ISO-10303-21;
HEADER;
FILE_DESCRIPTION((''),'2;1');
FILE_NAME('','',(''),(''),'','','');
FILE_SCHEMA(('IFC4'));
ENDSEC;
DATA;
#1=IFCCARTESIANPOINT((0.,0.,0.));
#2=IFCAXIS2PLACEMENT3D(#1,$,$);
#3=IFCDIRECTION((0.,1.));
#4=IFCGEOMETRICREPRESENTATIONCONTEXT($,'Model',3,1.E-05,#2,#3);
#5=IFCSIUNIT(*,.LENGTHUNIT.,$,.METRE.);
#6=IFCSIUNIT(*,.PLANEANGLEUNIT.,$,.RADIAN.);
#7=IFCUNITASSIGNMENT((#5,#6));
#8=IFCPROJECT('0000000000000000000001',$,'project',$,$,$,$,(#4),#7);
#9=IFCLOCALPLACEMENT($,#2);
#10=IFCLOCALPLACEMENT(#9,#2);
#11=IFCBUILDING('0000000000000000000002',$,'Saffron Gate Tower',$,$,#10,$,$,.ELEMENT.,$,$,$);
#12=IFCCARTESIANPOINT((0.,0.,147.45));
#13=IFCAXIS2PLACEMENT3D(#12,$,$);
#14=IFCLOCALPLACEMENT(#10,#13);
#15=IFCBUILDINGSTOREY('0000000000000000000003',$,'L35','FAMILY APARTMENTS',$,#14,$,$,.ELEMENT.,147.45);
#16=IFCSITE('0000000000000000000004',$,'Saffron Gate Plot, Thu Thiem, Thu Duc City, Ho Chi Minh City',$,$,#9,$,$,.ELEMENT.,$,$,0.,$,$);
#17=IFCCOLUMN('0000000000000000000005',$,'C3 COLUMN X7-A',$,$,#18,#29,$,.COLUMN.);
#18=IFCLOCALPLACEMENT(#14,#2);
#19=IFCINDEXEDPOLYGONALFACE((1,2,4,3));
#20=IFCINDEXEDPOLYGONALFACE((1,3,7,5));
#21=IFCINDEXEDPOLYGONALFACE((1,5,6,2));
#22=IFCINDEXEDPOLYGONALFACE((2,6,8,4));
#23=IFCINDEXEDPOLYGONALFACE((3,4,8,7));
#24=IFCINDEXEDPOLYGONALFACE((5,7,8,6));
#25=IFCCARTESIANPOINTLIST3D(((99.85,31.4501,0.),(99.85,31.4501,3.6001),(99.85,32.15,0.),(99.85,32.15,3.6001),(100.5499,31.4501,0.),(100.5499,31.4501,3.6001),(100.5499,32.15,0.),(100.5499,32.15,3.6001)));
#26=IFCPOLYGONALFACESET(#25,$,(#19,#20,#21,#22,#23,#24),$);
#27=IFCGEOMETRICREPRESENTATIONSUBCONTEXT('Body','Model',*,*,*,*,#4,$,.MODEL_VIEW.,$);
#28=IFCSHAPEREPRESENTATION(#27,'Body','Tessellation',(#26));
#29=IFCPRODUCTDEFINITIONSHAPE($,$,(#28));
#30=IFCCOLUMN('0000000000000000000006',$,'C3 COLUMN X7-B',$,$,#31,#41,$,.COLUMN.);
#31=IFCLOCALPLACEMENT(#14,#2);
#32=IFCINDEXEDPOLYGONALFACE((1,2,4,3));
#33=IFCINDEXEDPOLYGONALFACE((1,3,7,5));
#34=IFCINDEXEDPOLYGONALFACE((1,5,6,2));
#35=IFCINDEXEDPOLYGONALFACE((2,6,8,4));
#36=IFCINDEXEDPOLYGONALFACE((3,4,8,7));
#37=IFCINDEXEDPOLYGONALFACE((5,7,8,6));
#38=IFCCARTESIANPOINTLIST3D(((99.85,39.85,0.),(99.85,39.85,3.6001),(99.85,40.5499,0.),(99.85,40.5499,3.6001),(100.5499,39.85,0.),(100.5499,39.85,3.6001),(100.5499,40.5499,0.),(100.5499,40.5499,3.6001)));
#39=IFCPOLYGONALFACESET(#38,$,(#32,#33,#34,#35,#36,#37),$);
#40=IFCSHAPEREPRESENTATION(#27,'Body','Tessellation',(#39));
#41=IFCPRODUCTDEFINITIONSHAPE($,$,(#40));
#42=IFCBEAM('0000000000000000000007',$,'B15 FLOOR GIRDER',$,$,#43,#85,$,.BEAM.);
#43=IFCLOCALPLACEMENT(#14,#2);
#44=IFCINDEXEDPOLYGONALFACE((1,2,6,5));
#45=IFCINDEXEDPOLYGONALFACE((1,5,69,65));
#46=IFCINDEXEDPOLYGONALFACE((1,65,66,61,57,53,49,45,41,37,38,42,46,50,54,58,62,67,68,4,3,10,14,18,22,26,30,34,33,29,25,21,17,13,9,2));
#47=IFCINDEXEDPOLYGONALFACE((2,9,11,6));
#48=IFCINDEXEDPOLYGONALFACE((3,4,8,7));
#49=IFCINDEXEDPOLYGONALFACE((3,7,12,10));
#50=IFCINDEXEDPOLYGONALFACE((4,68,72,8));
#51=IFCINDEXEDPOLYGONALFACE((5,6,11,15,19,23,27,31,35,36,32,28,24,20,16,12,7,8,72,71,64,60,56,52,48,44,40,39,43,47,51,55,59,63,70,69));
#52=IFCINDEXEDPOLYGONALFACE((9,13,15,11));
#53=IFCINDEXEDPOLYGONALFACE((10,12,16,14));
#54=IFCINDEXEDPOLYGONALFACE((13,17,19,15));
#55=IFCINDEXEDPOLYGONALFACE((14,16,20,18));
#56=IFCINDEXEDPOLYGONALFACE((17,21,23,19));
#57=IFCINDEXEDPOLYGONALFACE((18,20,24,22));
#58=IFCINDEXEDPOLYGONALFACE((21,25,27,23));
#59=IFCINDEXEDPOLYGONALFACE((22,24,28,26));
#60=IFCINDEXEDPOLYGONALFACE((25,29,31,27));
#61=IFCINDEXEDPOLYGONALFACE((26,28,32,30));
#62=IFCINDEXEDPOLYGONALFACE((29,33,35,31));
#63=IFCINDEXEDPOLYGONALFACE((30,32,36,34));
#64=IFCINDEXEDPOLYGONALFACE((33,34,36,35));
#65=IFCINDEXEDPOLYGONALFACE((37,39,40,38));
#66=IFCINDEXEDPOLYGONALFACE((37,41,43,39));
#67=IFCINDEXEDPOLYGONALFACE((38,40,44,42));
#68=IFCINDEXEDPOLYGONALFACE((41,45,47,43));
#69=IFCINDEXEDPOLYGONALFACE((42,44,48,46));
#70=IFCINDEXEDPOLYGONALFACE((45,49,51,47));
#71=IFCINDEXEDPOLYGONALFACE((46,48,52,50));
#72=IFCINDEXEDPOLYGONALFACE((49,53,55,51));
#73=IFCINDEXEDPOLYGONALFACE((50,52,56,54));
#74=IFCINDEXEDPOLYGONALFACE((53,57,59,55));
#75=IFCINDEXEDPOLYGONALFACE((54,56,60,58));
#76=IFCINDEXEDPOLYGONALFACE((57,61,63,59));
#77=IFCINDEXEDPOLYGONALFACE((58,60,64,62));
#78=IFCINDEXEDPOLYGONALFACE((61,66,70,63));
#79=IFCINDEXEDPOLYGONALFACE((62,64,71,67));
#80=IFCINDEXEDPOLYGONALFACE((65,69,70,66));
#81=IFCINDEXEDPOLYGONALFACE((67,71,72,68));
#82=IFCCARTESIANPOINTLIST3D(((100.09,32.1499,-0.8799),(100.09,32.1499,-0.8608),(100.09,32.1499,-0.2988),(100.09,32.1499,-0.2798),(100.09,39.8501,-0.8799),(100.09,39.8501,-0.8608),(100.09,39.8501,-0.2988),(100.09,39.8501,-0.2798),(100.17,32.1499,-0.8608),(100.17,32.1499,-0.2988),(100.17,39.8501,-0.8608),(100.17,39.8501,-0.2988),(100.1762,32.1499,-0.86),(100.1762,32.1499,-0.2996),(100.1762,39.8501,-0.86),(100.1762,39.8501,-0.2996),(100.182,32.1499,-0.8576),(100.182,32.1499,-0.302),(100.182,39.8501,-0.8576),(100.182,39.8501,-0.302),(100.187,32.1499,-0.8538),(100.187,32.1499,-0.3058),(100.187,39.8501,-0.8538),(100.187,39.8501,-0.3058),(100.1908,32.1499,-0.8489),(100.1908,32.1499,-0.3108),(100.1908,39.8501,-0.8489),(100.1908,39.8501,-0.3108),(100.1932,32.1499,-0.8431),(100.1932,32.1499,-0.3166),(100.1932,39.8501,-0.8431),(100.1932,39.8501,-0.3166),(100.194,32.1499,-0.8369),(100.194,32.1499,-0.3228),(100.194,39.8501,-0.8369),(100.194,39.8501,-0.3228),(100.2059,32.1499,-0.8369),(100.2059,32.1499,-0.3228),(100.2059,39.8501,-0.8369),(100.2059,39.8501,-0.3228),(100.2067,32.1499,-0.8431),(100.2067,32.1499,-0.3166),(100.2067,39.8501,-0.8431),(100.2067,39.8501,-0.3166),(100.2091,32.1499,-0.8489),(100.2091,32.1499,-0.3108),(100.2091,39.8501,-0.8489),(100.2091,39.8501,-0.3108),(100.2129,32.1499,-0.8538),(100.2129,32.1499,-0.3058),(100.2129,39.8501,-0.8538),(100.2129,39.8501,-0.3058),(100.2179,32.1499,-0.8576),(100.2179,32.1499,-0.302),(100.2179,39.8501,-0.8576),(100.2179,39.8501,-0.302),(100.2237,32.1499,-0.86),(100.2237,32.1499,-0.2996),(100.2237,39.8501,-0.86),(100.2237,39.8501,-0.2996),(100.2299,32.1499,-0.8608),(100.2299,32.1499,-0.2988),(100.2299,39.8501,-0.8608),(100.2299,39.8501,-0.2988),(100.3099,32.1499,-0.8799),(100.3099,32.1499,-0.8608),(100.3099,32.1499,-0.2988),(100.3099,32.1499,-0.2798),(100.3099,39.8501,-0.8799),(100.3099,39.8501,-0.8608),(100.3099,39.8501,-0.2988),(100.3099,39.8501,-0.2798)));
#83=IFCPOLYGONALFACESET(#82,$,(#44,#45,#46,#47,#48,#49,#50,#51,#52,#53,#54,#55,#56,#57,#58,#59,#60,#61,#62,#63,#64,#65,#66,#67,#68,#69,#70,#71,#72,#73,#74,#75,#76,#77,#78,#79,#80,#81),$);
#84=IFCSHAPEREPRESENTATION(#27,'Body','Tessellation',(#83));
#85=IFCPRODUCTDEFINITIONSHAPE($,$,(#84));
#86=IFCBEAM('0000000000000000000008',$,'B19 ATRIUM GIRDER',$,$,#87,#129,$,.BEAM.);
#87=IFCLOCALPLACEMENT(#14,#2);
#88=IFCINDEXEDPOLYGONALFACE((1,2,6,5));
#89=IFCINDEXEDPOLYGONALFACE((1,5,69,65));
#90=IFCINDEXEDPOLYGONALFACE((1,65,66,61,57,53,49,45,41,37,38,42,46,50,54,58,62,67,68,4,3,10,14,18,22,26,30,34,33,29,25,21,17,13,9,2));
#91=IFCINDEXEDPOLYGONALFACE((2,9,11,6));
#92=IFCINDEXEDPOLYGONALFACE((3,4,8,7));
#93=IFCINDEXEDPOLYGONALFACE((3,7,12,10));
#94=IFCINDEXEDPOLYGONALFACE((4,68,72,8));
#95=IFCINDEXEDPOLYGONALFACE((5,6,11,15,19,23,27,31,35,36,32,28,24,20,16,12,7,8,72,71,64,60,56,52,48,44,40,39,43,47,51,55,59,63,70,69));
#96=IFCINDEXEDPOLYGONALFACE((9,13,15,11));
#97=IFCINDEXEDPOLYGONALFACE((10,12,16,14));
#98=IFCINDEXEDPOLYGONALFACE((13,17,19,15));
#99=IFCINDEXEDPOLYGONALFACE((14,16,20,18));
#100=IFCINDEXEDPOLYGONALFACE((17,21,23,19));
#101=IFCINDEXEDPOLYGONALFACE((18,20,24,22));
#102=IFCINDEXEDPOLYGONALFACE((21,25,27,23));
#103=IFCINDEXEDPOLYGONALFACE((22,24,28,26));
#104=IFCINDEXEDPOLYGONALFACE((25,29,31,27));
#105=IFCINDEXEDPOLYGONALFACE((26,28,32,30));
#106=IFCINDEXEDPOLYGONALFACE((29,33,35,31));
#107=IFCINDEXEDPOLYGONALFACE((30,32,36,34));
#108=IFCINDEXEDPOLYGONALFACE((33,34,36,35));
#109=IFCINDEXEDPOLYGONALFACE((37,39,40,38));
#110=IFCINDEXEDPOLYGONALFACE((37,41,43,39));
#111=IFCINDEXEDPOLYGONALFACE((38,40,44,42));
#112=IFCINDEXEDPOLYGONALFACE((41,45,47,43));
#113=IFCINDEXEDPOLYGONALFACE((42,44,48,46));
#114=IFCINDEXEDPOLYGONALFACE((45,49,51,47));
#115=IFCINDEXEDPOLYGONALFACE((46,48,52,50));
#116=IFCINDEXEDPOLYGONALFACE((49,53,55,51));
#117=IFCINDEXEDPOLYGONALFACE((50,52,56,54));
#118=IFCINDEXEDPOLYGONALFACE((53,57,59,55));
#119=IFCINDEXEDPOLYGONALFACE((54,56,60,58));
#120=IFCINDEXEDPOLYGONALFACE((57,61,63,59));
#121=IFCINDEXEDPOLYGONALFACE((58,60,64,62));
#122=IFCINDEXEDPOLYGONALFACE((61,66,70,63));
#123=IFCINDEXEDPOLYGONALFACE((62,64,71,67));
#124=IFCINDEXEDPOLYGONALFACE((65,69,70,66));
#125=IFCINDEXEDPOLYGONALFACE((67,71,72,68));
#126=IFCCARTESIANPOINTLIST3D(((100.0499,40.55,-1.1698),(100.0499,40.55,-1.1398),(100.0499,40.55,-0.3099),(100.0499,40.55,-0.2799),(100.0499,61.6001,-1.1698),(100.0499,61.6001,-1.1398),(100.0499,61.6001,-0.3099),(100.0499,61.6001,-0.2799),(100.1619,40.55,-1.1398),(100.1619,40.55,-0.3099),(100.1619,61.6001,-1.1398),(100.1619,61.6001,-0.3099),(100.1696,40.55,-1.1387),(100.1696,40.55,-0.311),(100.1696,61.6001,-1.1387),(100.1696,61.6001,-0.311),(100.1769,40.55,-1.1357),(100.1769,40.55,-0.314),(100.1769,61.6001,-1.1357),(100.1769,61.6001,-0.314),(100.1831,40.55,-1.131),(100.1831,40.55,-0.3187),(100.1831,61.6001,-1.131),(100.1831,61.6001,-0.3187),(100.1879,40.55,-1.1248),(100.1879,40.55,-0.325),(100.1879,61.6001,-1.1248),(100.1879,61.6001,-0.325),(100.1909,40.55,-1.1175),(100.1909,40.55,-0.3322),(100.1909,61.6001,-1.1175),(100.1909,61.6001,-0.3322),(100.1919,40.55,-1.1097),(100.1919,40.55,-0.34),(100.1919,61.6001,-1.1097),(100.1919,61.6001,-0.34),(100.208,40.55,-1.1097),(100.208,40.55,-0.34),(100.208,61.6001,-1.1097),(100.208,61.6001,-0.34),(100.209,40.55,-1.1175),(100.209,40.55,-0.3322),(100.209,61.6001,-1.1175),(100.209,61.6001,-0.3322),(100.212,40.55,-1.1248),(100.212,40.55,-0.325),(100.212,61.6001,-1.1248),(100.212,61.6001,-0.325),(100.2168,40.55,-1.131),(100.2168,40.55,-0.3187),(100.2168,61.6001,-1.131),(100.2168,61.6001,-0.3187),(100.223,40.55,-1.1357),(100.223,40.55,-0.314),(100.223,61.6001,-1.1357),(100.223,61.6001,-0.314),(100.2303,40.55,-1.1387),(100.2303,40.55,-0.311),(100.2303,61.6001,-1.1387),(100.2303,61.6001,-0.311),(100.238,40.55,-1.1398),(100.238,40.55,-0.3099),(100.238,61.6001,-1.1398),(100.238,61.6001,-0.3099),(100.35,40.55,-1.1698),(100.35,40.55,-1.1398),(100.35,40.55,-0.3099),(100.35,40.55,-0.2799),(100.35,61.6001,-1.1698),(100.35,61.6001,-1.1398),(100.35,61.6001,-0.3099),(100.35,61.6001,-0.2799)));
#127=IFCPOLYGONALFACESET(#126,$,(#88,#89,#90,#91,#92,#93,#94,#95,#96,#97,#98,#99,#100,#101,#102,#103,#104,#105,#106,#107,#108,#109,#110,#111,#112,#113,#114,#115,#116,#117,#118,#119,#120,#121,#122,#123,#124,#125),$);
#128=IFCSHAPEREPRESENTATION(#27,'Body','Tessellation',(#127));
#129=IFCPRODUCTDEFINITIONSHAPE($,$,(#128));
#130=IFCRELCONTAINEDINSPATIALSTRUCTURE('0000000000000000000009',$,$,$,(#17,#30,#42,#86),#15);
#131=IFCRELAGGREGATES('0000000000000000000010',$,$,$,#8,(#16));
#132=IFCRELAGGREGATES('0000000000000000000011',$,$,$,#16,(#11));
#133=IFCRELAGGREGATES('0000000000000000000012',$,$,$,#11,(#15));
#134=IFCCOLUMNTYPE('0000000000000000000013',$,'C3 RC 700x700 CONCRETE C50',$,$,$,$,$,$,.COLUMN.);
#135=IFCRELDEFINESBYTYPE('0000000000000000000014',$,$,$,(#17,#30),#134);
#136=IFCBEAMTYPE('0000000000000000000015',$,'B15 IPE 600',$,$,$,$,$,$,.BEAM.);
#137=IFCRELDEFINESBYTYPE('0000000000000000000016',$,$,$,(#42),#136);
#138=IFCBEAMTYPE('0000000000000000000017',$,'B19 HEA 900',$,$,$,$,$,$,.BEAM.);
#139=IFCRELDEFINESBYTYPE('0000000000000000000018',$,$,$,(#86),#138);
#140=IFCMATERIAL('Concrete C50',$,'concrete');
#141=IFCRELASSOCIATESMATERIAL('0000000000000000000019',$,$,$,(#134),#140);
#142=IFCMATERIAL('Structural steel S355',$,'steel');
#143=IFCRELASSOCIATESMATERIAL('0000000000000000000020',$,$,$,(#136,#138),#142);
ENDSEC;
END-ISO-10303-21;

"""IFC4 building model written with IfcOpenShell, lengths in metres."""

from ifc_helpers import new_model, si_unit, direction, frame, origin, origin_2d, place, context, subcontext, project, spatial, rectangle, i_section, extrude, material, material_profile, profile_set, type_object, element, save


model = new_model("IFC4")

# Units and contexts
model_context = context("Model", 3, precision=1e-05, world=origin(), true_north=direction((0.0, 1.0)))
body_context = subcontext(model_context, "Body", "Model", "MODEL_VIEW")
ifc_project = project(units=[si_unit("LENGTHUNIT", "METRE"), si_unit("PLANEANGLEUNIT", "RADIAN")], contexts=[model_context])

# Site, building, storey
site_placement = place(None, origin())
site = spatial("IfcSite", under=ifc_project, at=site_placement, Name="Saffron Gate Plot, Thu Thiem, Thu Duc City, Ho Chi Minh City", CompositionType="ELEMENT", RefElevation=0.0)
building_placement = place(site_placement, origin())
building = spatial("IfcBuilding", under=site, at=building_placement, Name="Saffron Gate Tower", CompositionType="ELEMENT")
storey_placement = place(building_placement, frame((0.0, 0.0, 147.45)))
storey = spatial("IfcBuildingStorey", under=building, at=storey_placement, Name="L35", Description="FAMILY APARTMENTS", CompositionType="ELEMENT", Elevation=147.45)

# Columns
ifc_material_1 = material(Name="Concrete C50", Category="concrete")
ifc_material_profile_1 = material_profile(ifc_material_1, rectangle(XDim=0.7, YDim=0.7, at=origin_2d()))
ifc_profile_set_1 = profile_set([ifc_material_profile_1], Name="Concrete C50")
column_type = type_object("IfcColumnType", Name="C3 RC 700x700 CONCRETE C50", PredefinedType="COLUMN", material=ifc_profile_set_1)
for number, where, z_axis, x_axis, name in (
    (1, (100.2, 31.8, 0.0), (0.0, 0.0, 1.0), (1.0, 0.0, 0.0), "C3 COLUMN X7-A"),
    (2, (100.2, 40.2, 0.0), (0.0, 0.0, 1.0), (1.0, 0.0, 0.0), "C3 COLUMN X7-B"),
):
    element("IfcColumn", number, at=place(storey_placement, frame(where, z_axis=z_axis, x_axis=x_axis)), inside=storey, type_object=column_type, Name=name, PredefinedType="COLUMN", context=body_context, shape_type="SweptSolid", body=[
        extrude(rectangle(XDim=0.7, YDim=0.7, at=origin_2d()), origin(), (0.0, 0.0, 1.0), 3.6001),
    ])

# Beams
ifc_material_2 = material(Name="Structural steel S355", Category="steel")
ifc_material_profile_2 = material_profile(ifc_material_2, i_section(OverallWidth=0.22, OverallDepth=0.6001, WebThickness=0.012, FlangeThickness=0.019, FilletRadius=0.0239, at=origin_2d()))
ifc_profile_set_2 = profile_set([ifc_material_profile_2], Name="Structural steel S355")
beam_type_1 = type_object("IfcBeamType", Name="B15 IPE 600", PredefinedType="BEAM", material=ifc_profile_set_2)
beam_1_placement = place(storey_placement, frame((100.2, 32.1499, -0.5798), z_axis=(0.0, 1.0, 0.0), x_axis=(-1.0, 0.0, 0.0)))
element("IfcBeam", 3, at=beam_1_placement, inside=storey, type_object=beam_type_1, Name="B15 FLOOR GIRDER", PredefinedType="BEAM", context=body_context, shape_type="SweptSolid", body=[
    extrude(i_section(OverallWidth=0.22, OverallDepth=0.6001, WebThickness=0.012, FlangeThickness=0.019, FilletRadius=0.0239, at=origin_2d()), origin(), (0.0, 0.0, 1.0), 7.7002),
])
ifc_material_profile_3 = material_profile(ifc_material_2, i_section(OverallWidth=0.3, OverallDepth=0.8899, WebThickness=0.0161, FlangeThickness=0.03, FilletRadius=0.03, at=origin_2d()))
ifc_profile_set_3 = profile_set([ifc_material_profile_3], Name="Structural steel S355")
beam_type_2 = type_object("IfcBeamType", Name="B19 HEA 900", PredefinedType="BEAM", material=ifc_profile_set_3)
beam_2_placement = place(storey_placement, frame((100.2, 40.55, -0.7249), z_axis=(0.0, 1.0, 0.0), x_axis=(-1.0, 0.0, 0.0)))
element("IfcBeam", 4, at=beam_2_placement, inside=storey, type_object=beam_type_2, Name="B19 ATRIUM GIRDER", PredefinedType="BEAM", context=body_context, shape_type="SweptSolid", body=[
    extrude(i_section(OverallWidth=0.3, OverallDepth=0.8899, WebThickness=0.0161, FlangeThickness=0.03, FilletRadius=0.03, at=origin_2d()), origin(), (0.0, 0.0, 1.0), 21.05),
])

save(model, "model.ifc")
